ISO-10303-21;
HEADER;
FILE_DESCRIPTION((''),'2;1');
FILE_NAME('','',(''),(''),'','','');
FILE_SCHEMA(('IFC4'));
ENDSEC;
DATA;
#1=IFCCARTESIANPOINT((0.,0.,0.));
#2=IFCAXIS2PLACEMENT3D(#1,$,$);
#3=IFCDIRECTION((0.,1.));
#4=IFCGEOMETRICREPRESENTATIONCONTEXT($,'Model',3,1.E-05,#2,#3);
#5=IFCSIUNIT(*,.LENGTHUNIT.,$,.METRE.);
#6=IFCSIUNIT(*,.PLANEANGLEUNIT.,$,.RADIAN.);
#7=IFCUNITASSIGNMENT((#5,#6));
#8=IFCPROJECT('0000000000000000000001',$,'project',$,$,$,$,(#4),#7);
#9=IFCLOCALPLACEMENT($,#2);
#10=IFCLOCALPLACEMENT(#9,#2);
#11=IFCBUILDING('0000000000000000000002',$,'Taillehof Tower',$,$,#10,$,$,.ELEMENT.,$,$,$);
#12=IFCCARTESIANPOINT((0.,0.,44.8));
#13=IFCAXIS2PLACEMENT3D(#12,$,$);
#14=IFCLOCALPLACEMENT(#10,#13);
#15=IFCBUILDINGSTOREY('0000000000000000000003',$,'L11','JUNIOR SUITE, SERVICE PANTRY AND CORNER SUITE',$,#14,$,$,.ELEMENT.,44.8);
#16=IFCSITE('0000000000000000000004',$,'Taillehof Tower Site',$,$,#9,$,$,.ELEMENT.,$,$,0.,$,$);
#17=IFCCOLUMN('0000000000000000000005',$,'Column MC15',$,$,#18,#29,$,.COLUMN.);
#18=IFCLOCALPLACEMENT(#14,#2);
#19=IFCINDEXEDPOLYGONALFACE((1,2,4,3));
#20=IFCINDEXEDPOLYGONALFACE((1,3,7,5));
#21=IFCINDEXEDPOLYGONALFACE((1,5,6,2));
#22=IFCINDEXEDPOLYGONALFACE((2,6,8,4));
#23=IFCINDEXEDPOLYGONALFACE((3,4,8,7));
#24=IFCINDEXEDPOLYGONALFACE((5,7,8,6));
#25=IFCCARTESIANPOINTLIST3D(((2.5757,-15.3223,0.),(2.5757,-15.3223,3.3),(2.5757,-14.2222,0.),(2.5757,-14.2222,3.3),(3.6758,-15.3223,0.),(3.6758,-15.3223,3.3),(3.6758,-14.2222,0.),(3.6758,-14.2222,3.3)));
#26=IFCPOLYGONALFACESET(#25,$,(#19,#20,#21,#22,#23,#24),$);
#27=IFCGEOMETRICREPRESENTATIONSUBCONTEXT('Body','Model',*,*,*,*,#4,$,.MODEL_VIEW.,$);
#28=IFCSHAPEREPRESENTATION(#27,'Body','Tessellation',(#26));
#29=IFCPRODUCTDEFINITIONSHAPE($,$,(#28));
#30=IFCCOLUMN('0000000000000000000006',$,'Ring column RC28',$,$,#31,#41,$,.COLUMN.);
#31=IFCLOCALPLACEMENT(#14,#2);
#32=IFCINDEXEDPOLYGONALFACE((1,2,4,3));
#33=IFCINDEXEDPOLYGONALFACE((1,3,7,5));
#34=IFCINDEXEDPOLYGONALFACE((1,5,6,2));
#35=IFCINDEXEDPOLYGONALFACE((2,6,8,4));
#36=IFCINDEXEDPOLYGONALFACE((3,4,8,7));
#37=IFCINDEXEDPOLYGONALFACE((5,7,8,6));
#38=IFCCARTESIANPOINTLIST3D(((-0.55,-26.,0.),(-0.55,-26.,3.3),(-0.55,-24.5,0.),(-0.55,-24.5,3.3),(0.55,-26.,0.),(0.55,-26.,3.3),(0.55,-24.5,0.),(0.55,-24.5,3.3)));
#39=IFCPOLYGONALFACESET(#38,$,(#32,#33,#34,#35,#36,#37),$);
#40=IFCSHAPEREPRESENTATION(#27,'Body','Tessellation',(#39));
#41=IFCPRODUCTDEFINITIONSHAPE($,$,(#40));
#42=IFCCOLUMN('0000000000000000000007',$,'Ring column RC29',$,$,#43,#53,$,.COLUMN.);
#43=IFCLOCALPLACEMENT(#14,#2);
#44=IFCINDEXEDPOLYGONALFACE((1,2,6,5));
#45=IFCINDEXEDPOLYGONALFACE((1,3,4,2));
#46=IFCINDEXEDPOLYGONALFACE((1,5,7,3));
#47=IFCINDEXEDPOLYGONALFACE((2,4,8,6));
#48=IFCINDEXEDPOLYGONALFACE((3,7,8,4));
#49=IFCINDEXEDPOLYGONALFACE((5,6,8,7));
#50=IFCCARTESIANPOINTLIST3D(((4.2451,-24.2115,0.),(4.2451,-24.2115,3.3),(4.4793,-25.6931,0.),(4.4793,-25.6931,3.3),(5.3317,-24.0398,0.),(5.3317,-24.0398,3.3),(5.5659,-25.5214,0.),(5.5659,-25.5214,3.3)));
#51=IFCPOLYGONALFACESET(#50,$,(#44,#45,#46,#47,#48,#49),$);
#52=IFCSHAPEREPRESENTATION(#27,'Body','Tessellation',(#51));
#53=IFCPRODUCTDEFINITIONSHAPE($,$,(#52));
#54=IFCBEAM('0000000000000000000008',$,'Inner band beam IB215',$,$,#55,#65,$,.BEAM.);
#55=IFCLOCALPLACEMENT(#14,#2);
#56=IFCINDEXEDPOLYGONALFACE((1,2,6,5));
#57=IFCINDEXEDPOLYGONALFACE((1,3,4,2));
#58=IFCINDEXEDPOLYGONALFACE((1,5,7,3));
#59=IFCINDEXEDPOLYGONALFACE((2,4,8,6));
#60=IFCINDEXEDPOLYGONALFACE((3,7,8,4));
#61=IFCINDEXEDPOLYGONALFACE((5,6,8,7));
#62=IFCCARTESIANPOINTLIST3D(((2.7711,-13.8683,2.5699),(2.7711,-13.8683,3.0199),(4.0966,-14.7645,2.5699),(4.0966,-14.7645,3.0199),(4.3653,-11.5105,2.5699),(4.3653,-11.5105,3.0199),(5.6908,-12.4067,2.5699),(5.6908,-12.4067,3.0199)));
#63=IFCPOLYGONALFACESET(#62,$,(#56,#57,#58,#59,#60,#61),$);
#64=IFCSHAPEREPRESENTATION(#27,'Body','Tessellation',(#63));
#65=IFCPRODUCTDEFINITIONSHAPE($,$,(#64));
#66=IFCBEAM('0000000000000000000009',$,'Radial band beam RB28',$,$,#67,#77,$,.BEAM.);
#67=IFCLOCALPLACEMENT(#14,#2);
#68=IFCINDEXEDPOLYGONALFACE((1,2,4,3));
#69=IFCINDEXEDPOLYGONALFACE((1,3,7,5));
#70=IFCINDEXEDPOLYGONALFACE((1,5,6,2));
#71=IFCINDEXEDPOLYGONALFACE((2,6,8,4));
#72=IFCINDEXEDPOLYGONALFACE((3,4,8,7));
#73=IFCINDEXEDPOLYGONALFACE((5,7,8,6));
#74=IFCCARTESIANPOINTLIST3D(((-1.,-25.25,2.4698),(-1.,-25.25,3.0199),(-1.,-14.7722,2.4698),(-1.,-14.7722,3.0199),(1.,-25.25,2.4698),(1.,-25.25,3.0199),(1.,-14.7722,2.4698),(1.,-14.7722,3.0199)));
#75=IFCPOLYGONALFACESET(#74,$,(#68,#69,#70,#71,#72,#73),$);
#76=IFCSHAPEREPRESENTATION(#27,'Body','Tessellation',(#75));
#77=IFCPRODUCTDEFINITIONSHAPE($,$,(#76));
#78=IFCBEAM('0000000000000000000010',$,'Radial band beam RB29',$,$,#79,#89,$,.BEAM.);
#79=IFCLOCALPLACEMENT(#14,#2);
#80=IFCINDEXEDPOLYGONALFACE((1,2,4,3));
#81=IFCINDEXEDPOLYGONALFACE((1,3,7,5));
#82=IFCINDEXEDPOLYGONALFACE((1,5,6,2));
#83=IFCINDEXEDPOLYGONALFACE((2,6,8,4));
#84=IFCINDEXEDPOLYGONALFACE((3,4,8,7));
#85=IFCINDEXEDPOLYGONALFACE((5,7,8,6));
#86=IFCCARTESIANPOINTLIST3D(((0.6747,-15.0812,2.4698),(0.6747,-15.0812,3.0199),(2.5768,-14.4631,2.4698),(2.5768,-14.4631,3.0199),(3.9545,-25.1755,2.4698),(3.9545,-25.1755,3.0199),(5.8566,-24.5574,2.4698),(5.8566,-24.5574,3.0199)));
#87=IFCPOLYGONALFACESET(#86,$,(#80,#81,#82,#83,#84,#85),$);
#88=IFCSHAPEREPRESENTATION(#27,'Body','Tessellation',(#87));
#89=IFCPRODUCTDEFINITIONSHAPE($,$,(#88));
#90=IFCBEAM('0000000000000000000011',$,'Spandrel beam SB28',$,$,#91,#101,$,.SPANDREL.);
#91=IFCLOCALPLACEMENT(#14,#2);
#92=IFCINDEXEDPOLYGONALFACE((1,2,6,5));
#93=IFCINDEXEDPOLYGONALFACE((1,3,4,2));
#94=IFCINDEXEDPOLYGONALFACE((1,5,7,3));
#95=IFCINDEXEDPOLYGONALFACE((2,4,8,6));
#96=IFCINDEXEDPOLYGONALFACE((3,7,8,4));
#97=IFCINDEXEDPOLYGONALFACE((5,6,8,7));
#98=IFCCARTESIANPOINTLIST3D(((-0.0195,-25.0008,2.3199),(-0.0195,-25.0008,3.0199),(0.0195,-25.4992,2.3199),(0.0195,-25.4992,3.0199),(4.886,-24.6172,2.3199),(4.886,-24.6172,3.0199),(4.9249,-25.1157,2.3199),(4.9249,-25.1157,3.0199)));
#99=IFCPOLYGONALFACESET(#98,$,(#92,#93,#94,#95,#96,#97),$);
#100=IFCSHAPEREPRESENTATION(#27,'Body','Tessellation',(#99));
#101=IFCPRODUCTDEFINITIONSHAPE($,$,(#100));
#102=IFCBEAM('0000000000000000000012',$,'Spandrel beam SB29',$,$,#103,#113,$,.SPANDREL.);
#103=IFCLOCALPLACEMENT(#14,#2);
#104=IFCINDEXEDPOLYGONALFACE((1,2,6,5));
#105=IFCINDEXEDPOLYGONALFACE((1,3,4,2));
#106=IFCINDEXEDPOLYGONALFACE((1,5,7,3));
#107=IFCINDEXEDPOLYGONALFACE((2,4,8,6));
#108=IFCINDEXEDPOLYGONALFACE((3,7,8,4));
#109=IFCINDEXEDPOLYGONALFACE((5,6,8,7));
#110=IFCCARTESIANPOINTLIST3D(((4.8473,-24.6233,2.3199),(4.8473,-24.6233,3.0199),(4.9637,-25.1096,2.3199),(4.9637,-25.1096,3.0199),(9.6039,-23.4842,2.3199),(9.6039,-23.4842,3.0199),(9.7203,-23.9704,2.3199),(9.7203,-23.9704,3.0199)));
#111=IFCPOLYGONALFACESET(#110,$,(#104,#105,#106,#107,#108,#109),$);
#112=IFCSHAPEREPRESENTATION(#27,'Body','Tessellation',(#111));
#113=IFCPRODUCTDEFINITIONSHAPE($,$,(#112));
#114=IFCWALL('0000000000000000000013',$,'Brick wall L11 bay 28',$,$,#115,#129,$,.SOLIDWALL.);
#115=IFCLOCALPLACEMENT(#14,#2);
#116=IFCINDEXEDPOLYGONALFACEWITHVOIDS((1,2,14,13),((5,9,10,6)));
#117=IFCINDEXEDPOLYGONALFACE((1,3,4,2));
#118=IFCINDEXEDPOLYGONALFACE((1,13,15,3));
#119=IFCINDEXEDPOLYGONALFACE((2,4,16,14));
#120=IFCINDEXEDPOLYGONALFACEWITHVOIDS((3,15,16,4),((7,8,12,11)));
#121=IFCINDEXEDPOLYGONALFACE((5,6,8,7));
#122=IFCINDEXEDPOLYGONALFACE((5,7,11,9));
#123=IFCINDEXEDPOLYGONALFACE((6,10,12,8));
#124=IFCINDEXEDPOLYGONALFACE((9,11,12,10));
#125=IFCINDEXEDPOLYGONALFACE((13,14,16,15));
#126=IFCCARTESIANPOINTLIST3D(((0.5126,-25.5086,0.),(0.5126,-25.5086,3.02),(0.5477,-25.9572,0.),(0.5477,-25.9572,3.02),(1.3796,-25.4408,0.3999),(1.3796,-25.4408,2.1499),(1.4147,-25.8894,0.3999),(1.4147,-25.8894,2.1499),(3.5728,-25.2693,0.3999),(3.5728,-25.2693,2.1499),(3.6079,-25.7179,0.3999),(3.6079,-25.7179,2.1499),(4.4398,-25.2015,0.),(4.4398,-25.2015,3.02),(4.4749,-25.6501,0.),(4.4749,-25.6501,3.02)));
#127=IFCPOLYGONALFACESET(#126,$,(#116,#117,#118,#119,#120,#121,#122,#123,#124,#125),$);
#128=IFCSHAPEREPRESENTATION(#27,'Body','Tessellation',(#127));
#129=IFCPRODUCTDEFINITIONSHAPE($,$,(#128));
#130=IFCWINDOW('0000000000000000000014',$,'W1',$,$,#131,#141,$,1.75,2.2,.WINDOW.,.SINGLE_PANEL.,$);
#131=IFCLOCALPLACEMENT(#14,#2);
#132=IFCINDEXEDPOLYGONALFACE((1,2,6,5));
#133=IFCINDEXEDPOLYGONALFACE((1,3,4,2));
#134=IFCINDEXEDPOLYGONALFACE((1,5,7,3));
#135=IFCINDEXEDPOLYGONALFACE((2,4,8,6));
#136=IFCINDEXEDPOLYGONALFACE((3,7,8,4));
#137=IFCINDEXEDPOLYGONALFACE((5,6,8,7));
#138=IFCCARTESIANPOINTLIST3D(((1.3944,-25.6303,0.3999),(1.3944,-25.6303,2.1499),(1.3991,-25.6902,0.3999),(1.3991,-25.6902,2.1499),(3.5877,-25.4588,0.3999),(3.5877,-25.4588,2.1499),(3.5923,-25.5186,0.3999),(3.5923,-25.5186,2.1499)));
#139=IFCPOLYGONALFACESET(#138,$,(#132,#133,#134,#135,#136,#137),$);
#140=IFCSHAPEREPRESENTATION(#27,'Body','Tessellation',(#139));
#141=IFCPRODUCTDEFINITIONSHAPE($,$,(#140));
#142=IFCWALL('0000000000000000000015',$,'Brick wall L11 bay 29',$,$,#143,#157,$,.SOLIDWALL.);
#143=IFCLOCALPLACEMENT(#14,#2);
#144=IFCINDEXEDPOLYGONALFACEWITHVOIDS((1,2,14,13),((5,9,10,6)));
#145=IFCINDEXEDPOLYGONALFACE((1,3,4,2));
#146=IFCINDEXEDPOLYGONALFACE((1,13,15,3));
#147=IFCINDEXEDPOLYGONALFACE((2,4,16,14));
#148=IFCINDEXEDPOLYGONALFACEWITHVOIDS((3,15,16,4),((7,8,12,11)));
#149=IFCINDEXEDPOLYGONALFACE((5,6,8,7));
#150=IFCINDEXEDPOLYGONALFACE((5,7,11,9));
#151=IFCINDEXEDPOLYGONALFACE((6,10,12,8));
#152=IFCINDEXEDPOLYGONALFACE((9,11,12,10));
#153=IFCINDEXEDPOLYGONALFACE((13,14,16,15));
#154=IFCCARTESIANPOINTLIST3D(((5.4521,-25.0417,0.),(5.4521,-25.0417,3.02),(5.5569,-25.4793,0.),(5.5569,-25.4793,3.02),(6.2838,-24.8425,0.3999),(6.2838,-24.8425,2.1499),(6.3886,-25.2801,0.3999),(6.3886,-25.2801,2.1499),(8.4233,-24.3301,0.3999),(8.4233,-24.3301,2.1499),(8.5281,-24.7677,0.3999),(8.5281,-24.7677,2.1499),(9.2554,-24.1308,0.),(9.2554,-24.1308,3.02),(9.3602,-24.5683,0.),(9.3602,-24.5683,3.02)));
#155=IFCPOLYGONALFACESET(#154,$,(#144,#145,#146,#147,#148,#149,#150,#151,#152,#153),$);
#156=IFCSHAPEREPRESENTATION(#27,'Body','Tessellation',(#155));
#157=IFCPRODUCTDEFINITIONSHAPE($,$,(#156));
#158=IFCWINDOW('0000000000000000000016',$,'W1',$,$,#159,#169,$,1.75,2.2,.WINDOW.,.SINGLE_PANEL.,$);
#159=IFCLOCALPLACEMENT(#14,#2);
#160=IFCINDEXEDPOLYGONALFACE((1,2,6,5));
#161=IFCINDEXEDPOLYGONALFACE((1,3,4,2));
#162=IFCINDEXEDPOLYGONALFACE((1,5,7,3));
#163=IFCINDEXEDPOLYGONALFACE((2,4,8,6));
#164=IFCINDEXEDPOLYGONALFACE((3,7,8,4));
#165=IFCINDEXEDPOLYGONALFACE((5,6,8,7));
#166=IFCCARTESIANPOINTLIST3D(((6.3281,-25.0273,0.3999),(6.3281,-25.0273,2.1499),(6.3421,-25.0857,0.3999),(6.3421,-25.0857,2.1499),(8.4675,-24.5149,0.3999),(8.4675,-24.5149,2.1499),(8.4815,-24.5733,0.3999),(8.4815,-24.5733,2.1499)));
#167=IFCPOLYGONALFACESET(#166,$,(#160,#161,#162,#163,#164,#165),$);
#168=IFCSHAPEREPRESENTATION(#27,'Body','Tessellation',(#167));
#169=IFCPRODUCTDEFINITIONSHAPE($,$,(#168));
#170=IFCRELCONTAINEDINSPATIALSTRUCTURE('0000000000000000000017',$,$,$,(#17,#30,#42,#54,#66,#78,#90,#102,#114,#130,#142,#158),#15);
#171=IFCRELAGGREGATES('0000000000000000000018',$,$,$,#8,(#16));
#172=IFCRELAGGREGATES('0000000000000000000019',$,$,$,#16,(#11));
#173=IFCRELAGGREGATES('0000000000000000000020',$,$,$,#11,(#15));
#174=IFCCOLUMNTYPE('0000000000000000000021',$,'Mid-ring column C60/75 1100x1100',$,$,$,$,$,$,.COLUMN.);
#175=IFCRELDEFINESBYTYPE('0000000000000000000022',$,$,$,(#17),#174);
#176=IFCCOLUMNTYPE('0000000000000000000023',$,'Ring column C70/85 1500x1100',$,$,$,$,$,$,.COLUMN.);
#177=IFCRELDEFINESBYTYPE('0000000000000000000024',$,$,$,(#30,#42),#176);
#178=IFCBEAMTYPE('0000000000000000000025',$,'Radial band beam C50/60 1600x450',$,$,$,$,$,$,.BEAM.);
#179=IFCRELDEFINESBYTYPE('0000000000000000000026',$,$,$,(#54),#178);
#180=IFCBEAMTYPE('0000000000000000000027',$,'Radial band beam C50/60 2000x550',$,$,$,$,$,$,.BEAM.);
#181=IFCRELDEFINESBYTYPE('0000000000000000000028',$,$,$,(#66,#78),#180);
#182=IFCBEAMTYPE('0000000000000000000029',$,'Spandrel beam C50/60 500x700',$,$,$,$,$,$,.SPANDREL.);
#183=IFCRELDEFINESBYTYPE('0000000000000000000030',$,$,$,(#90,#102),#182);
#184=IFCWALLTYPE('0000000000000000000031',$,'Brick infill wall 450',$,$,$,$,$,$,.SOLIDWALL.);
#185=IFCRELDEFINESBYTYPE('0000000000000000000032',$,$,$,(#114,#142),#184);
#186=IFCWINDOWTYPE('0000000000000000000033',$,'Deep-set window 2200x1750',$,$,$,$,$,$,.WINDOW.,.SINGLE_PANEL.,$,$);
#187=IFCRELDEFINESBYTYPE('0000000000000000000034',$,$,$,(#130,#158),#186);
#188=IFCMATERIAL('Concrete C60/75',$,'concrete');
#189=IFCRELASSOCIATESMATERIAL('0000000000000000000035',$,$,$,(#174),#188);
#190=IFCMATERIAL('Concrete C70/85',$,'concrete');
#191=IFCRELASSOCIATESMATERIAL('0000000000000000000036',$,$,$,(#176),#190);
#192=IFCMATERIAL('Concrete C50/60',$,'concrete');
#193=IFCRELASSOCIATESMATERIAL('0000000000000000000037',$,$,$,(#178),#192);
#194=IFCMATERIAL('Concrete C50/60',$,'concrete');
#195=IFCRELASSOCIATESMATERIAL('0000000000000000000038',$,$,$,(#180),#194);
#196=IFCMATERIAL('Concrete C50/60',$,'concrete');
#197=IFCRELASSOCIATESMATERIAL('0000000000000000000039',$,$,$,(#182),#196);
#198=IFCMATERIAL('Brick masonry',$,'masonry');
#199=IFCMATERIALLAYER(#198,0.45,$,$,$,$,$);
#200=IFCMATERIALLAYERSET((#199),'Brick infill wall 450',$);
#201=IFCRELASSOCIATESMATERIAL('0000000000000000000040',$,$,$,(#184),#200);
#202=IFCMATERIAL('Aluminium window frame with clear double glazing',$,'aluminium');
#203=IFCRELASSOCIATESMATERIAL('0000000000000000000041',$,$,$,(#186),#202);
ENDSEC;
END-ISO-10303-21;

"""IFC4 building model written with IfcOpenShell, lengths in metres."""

from ifc_helpers import new_model, si_unit, direction, frame, frame_2d, origin, origin_2d, place, context, subcontext, project, spatial, rectangle, extrude, material, layer, layer_set, material_profile, profile_set, type_object, element, fill, save


model = new_model("IFC4")

# Units and contexts
model_context = context("Model", 3, precision=1e-05, world=origin(), true_north=direction((0.0, 1.0)))
body_context = subcontext(model_context, "Body", "Model", "MODEL_VIEW")
ifc_project = project(units=[si_unit("LENGTHUNIT", "METRE"), si_unit("PLANEANGLEUNIT", "RADIAN")], contexts=[model_context])

# Site, building, storey
site_placement = place(None, origin())
site = spatial("IfcSite", under=ifc_project, at=site_placement, Name="Taillehof Tower Site", CompositionType="ELEMENT", RefElevation=0.0)
building_placement = place(site_placement, origin())
building = spatial("IfcBuilding", under=site, at=building_placement, Name="Taillehof Tower", CompositionType="ELEMENT")
storey_placement = place(building_placement, frame((0.0, 0.0, 44.8)))
storey = spatial("IfcBuildingStorey", under=building, at=storey_placement, Name="L11", Description="JUNIOR SUITE, SERVICE PANTRY AND CORNER SUITE", CompositionType="ELEMENT", Elevation=44.8)

# Columns
ifc_material_1 = material(Name="Concrete C60/75", Category="concrete")
ifc_material_profile_1 = material_profile(ifc_material_1, rectangle(XDim=1.1001, YDim=1.1001, at=origin_2d()), Name="RC 1100x1100")
ifc_profile_set_1 = profile_set([ifc_material_profile_1], Name="Concrete C60/75")
column_type_1 = type_object("IfcColumnType", Name="Mid-ring column C60/75 1100x1100", PredefinedType="COLUMN", material=ifc_profile_set_1)
column_placement = place(storey_placement, frame((3.1257, -14.7722, 0.0), z_axis=(0.0, 0.0, 1.0), x_axis=(1.0, 0.0, 0.0)))
element("IfcColumn", 1, at=column_placement, inside=storey, type_object=column_type_1, Name="Column MC15", PredefinedType="COLUMN", context=body_context, shape_type="SweptSolid", body=[
    extrude(rectangle(XDim=1.1001, YDim=1.1001, at=origin_2d()), origin(), (0.0, 0.0, 1.0), 3.3),
])
ifc_material_2 = material(Name="Concrete C70/85", Category="concrete")
ifc_material_profile_2 = material_profile(ifc_material_2, rectangle(XDim=1.5, YDim=1.1001, at=origin_2d()), Name="RC 1500x1100")
ifc_profile_set_2 = profile_set([ifc_material_profile_2], Name="Concrete C70/85")
column_type_2 = type_object("IfcColumnType", Name="Ring column C70/85 1500x1100", PredefinedType="COLUMN", material=ifc_profile_set_2)
for number, where, z_axis, x_axis, name in (
    (2, (0.0, -25.25, 0.0), (0.0, 0.0, 1.0), (0.0, -1.0, 0.0), "Ring column RC28"),
    (3, (4.9055, -24.8665, 0.0), (0.0, 0.0, 1.0), (0.156147, -0.987734, 0.0), "Ring column RC29"),
):
    element("IfcColumn", number, at=place(storey_placement, frame(where, z_axis=z_axis, x_axis=x_axis)), inside=storey, type_object=column_type_2, Name=name, PredefinedType="COLUMN", context=body_context, shape_type="SweptSolid", body=[
        extrude(rectangle(XDim=1.5, YDim=1.1001, at=origin_2d()), origin(), (0.0, 0.0, 1.0), 3.3),
    ])

# Beams
ifc_material_3 = material(Name="Concrete C50/60", Category="concrete")
ifc_material_profile_3 = material_profile(ifc_material_3, rectangle(XDim=1.6001, YDim=0.45, at=origin_2d()), Name="RC 1600x450")
ifc_profile_set_3 = profile_set([ifc_material_profile_3], Name="Concrete C50/60")
beam_type_1 = type_object("IfcBeamType", Name="Radial band beam C50/60 1600x450", PredefinedType="BEAM", material=ifc_profile_set_3)
beam_1_placement = place(storey_placement, frame((3.4338, -14.3164, 2.7949), z_axis=(0.560112, 0.828417, 0.0), x_axis=(-0.828417, 0.560112, 0.0)))
element("IfcBeam", 4, at=beam_1_placement, inside=storey, type_object=beam_type_1, Name="Inner band beam IB215", PredefinedType="BEAM", context=body_context, shape_type="SweptSolid", body=[
    extrude(rectangle(XDim=1.6001, YDim=0.45, at=origin_2d()), origin(), (0.0, 0.0, 1.0), 2.8462),
])
ifc_material_4 = material(Name="Concrete C50/60", Category="concrete")
ifc_material_profile_4 = material_profile(ifc_material_4, rectangle(XDim=2.0, YDim=0.55, at=origin_2d()), Name="RC 2000x550")
ifc_profile_set_4 = profile_set([ifc_material_profile_4], Name="Concrete C50/60")
beam_type_2 = type_object("IfcBeamType", Name="Radial band beam C50/60 2000x550", PredefinedType="BEAM", material=ifc_profile_set_4)
beam_2_placement = place(storey_placement, frame((0.0, -25.25, 2.7449), z_axis=(0.0, 1.0, 0.0), x_axis=(-1.0, 0.0, 0.0)))
element("IfcBeam", 5, at=beam_2_placement, inside=storey, type_object=beam_type_2, Name="Radial band beam RB28", PredefinedType="BEAM", context=body_context, shape_type="SweptSolid", body=[
    extrude(rectangle(XDim=2.0, YDim=0.55, at=origin_2d()), origin(), (0.0, 0.0, 1.0), 10.4778),
])
beam_3_placement = place(storey_placement, frame((4.9055, -24.8665, 2.7449), z_axis=(-0.309014, 0.951057, 0.0), x_axis=(-0.951057, -0.309014, 0.0)))
element("IfcBeam", 6, at=beam_3_placement, inside=storey, type_object=beam_type_2, Name="Radial band beam RB29", PredefinedType="BEAM", context=body_context, shape_type="SweptSolid", body=[
    extrude(rectangle(XDim=2.0, YDim=0.55, at=origin_2d()), origin(), (0.0, 0.0, 1.0), 10.6138),
])
ifc_material_5 = material(Name="Concrete C50/60", Category="concrete")
ifc_material_profile_5 = material_profile(ifc_material_5, rectangle(XDim=0.5, YDim=0.7, at=origin_2d()), Name="RC 500x700")
ifc_profile_set_5 = profile_set([ifc_material_profile_5], Name="Concrete C50/60")
beam_type_3 = type_object("IfcBeamType", Name="Spandrel beam C50/60 500x700", PredefinedType="SPANDREL", material=ifc_profile_set_5)
beam_4_placement = place(storey_placement, frame((0.0, -25.25, 2.6699), z_axis=(0.996957, 0.077949, 0.0), x_axis=(-0.077949, 0.996957, 0.0)))
element("IfcBeam", 7, at=beam_4_placement, inside=storey, type_object=beam_type_3, Name="Spandrel beam SB28", PredefinedType="SPANDREL", context=body_context, shape_type="SweptSolid", body=[
    extrude(rectangle(XDim=0.5, YDim=0.7, at=origin_2d()), origin(), (0.0, 0.0, 1.0), 4.9204),
])
beam_5_placement = place(storey_placement, frame((4.9055, -24.8665, 2.6699), z_axis=(0.9725, 0.232905, 0.0), x_axis=(-0.232905, 0.9725, 0.0)))
element("IfcBeam", 8, at=beam_5_placement, inside=storey, type_object=beam_type_3, Name="Spandrel beam SB29", PredefinedType="SPANDREL", context=body_context, shape_type="SweptSolid", body=[
    extrude(rectangle(XDim=0.5, YDim=0.7, at=origin_2d()), origin(), (0.0, 0.0, 1.0), 4.8911),
])

# Walls, openings, windows
ifc_material_6 = material(Name="Brick masonry", Category="masonry")
ifc_layer_1 = layer(ifc_material_6, 0.45)
ifc_layer_set_1 = layer_set([ifc_layer_1], Name="Brick infill wall 450")
wall_type_1 = type_object("IfcWallType", Name="Brick infill wall 450", PredefinedType="SOLIDWALL", material=ifc_layer_set_1)
wall_1_placement = place(storey_placement, frame((0.53, -25.7329, 0.0), z_axis=(0.0, 0.0, 1.0), x_axis=(0.996956, 0.077967, 0.0)))
wall_1 = element("IfcWall", 9, at=wall_1_placement, inside=storey, type_object=wall_type_1, Name="Brick wall L11 bay 28", PredefinedType="SOLIDWALL", context=body_context, shape_type="SweptSolid", body=[
    extrude(rectangle(XDim=3.9392, YDim=0.45, at=frame_2d((1.9697, 0.0))), origin(), (0.0, 0.0, 1.0), 3.02),
])
opening_1_placement = place(wall_1_placement, frame((0.8696, 0.0, 0.3999)))
opening_1 = element("IfcOpeningElement", 10, at=opening_1_placement, cuts=wall_1, PredefinedType="OPENING", context=body_context, shape_type="SweptSolid", body=[
    extrude(rectangle(XDim=2.2, YDim=1.75, at=frame_2d((1.1001, 0.875))), frame((0.0, 0.2349, 0.0), z_axis=(0.0, -1.0, 0.0), x_axis=(1.0, 0.0, 0.0)), (0.0, 0.0, 1.0), 0.47),
])
ifc_material_7 = material(Name="Aluminium window frame with clear double glazing", Category="aluminium")
window_type = type_object("IfcWindowType", Name="Deep-set window 2200x1750", PartitioningType="SINGLE_PANEL", PredefinedType="WINDOW", material=ifc_material_7)
window_1_placement = place(opening_1_placement, origin())
window_1 = element("IfcWindow", 11, at=window_1_placement, inside=storey, type_object=window_type, Name="W1", OverallHeight=1.75, OverallWidth=2.2, PartitioningType="SINGLE_PANEL", PredefinedType="WINDOW", context=body_context, shape_type="SweptSolid", body=[
    extrude(rectangle(XDim=2.2, YDim=1.75, at=frame_2d((1.1001, 0.875))), frame((0.0, 0.0349, 0.0), z_axis=(0.0, -1.0, 0.0), x_axis=(1.0, 0.0, 0.0)), (0.0, 0.0, 1.0), 0.0601),
])
fill(opening_1, window_1)
wall_2_placement = place(storey_placement, frame((5.5044, -25.2605, 0.0), z_axis=(0.0, 0.0, 1.0), x_axis=(0.972497, 0.232917, 0.0)))
wall_2 = element("IfcWall", 12, at=wall_2_placement, inside=storey, type_object=wall_type_1, Name="Brick wall L11 bay 29", PredefinedType="SOLIDWALL", context=body_context, shape_type="SweptSolid", body=[
    extrude(rectangle(XDim=3.9109, YDim=0.45, at=frame_2d((1.9556, 0.0))), origin(), (0.0, 0.0, 1.0), 3.02),
])
opening_2_placement = place(wall_2_placement, frame((0.8552, 0.0, 0.3999)))
opening_2 = element("IfcOpeningElement", 13, at=opening_2_placement, cuts=wall_2, PredefinedType="OPENING", context=body_context, shape_type="SweptSolid", body=[
    extrude(rectangle(XDim=2.2, YDim=1.75, at=frame_2d((1.1001, 0.875))), frame((0.0, 0.2349, 0.0), z_axis=(0.0, -1.0, 0.0), x_axis=(1.0, 0.0, 0.0)), (0.0, 0.0, 1.0), 0.47),
])
window_2_placement = place(opening_2_placement, origin())
window_2 = element("IfcWindow", 14, at=window_2_placement, inside=storey, type_object=window_type, Name="W1", OverallHeight=1.75, OverallWidth=2.2, PartitioningType="SINGLE_PANEL", PredefinedType="WINDOW", context=body_context, shape_type="SweptSolid", body=[
    extrude(rectangle(XDim=2.2, YDim=1.75, at=frame_2d((1.1001, 0.875))), frame((0.0, 0.0349, 0.0), z_axis=(0.0, -1.0, 0.0), x_axis=(1.0, 0.0, 0.0)), (0.0, 0.0, 1.0), 0.0601),
])
fill(opening_2, window_2)

save(model, "model.ifc")
